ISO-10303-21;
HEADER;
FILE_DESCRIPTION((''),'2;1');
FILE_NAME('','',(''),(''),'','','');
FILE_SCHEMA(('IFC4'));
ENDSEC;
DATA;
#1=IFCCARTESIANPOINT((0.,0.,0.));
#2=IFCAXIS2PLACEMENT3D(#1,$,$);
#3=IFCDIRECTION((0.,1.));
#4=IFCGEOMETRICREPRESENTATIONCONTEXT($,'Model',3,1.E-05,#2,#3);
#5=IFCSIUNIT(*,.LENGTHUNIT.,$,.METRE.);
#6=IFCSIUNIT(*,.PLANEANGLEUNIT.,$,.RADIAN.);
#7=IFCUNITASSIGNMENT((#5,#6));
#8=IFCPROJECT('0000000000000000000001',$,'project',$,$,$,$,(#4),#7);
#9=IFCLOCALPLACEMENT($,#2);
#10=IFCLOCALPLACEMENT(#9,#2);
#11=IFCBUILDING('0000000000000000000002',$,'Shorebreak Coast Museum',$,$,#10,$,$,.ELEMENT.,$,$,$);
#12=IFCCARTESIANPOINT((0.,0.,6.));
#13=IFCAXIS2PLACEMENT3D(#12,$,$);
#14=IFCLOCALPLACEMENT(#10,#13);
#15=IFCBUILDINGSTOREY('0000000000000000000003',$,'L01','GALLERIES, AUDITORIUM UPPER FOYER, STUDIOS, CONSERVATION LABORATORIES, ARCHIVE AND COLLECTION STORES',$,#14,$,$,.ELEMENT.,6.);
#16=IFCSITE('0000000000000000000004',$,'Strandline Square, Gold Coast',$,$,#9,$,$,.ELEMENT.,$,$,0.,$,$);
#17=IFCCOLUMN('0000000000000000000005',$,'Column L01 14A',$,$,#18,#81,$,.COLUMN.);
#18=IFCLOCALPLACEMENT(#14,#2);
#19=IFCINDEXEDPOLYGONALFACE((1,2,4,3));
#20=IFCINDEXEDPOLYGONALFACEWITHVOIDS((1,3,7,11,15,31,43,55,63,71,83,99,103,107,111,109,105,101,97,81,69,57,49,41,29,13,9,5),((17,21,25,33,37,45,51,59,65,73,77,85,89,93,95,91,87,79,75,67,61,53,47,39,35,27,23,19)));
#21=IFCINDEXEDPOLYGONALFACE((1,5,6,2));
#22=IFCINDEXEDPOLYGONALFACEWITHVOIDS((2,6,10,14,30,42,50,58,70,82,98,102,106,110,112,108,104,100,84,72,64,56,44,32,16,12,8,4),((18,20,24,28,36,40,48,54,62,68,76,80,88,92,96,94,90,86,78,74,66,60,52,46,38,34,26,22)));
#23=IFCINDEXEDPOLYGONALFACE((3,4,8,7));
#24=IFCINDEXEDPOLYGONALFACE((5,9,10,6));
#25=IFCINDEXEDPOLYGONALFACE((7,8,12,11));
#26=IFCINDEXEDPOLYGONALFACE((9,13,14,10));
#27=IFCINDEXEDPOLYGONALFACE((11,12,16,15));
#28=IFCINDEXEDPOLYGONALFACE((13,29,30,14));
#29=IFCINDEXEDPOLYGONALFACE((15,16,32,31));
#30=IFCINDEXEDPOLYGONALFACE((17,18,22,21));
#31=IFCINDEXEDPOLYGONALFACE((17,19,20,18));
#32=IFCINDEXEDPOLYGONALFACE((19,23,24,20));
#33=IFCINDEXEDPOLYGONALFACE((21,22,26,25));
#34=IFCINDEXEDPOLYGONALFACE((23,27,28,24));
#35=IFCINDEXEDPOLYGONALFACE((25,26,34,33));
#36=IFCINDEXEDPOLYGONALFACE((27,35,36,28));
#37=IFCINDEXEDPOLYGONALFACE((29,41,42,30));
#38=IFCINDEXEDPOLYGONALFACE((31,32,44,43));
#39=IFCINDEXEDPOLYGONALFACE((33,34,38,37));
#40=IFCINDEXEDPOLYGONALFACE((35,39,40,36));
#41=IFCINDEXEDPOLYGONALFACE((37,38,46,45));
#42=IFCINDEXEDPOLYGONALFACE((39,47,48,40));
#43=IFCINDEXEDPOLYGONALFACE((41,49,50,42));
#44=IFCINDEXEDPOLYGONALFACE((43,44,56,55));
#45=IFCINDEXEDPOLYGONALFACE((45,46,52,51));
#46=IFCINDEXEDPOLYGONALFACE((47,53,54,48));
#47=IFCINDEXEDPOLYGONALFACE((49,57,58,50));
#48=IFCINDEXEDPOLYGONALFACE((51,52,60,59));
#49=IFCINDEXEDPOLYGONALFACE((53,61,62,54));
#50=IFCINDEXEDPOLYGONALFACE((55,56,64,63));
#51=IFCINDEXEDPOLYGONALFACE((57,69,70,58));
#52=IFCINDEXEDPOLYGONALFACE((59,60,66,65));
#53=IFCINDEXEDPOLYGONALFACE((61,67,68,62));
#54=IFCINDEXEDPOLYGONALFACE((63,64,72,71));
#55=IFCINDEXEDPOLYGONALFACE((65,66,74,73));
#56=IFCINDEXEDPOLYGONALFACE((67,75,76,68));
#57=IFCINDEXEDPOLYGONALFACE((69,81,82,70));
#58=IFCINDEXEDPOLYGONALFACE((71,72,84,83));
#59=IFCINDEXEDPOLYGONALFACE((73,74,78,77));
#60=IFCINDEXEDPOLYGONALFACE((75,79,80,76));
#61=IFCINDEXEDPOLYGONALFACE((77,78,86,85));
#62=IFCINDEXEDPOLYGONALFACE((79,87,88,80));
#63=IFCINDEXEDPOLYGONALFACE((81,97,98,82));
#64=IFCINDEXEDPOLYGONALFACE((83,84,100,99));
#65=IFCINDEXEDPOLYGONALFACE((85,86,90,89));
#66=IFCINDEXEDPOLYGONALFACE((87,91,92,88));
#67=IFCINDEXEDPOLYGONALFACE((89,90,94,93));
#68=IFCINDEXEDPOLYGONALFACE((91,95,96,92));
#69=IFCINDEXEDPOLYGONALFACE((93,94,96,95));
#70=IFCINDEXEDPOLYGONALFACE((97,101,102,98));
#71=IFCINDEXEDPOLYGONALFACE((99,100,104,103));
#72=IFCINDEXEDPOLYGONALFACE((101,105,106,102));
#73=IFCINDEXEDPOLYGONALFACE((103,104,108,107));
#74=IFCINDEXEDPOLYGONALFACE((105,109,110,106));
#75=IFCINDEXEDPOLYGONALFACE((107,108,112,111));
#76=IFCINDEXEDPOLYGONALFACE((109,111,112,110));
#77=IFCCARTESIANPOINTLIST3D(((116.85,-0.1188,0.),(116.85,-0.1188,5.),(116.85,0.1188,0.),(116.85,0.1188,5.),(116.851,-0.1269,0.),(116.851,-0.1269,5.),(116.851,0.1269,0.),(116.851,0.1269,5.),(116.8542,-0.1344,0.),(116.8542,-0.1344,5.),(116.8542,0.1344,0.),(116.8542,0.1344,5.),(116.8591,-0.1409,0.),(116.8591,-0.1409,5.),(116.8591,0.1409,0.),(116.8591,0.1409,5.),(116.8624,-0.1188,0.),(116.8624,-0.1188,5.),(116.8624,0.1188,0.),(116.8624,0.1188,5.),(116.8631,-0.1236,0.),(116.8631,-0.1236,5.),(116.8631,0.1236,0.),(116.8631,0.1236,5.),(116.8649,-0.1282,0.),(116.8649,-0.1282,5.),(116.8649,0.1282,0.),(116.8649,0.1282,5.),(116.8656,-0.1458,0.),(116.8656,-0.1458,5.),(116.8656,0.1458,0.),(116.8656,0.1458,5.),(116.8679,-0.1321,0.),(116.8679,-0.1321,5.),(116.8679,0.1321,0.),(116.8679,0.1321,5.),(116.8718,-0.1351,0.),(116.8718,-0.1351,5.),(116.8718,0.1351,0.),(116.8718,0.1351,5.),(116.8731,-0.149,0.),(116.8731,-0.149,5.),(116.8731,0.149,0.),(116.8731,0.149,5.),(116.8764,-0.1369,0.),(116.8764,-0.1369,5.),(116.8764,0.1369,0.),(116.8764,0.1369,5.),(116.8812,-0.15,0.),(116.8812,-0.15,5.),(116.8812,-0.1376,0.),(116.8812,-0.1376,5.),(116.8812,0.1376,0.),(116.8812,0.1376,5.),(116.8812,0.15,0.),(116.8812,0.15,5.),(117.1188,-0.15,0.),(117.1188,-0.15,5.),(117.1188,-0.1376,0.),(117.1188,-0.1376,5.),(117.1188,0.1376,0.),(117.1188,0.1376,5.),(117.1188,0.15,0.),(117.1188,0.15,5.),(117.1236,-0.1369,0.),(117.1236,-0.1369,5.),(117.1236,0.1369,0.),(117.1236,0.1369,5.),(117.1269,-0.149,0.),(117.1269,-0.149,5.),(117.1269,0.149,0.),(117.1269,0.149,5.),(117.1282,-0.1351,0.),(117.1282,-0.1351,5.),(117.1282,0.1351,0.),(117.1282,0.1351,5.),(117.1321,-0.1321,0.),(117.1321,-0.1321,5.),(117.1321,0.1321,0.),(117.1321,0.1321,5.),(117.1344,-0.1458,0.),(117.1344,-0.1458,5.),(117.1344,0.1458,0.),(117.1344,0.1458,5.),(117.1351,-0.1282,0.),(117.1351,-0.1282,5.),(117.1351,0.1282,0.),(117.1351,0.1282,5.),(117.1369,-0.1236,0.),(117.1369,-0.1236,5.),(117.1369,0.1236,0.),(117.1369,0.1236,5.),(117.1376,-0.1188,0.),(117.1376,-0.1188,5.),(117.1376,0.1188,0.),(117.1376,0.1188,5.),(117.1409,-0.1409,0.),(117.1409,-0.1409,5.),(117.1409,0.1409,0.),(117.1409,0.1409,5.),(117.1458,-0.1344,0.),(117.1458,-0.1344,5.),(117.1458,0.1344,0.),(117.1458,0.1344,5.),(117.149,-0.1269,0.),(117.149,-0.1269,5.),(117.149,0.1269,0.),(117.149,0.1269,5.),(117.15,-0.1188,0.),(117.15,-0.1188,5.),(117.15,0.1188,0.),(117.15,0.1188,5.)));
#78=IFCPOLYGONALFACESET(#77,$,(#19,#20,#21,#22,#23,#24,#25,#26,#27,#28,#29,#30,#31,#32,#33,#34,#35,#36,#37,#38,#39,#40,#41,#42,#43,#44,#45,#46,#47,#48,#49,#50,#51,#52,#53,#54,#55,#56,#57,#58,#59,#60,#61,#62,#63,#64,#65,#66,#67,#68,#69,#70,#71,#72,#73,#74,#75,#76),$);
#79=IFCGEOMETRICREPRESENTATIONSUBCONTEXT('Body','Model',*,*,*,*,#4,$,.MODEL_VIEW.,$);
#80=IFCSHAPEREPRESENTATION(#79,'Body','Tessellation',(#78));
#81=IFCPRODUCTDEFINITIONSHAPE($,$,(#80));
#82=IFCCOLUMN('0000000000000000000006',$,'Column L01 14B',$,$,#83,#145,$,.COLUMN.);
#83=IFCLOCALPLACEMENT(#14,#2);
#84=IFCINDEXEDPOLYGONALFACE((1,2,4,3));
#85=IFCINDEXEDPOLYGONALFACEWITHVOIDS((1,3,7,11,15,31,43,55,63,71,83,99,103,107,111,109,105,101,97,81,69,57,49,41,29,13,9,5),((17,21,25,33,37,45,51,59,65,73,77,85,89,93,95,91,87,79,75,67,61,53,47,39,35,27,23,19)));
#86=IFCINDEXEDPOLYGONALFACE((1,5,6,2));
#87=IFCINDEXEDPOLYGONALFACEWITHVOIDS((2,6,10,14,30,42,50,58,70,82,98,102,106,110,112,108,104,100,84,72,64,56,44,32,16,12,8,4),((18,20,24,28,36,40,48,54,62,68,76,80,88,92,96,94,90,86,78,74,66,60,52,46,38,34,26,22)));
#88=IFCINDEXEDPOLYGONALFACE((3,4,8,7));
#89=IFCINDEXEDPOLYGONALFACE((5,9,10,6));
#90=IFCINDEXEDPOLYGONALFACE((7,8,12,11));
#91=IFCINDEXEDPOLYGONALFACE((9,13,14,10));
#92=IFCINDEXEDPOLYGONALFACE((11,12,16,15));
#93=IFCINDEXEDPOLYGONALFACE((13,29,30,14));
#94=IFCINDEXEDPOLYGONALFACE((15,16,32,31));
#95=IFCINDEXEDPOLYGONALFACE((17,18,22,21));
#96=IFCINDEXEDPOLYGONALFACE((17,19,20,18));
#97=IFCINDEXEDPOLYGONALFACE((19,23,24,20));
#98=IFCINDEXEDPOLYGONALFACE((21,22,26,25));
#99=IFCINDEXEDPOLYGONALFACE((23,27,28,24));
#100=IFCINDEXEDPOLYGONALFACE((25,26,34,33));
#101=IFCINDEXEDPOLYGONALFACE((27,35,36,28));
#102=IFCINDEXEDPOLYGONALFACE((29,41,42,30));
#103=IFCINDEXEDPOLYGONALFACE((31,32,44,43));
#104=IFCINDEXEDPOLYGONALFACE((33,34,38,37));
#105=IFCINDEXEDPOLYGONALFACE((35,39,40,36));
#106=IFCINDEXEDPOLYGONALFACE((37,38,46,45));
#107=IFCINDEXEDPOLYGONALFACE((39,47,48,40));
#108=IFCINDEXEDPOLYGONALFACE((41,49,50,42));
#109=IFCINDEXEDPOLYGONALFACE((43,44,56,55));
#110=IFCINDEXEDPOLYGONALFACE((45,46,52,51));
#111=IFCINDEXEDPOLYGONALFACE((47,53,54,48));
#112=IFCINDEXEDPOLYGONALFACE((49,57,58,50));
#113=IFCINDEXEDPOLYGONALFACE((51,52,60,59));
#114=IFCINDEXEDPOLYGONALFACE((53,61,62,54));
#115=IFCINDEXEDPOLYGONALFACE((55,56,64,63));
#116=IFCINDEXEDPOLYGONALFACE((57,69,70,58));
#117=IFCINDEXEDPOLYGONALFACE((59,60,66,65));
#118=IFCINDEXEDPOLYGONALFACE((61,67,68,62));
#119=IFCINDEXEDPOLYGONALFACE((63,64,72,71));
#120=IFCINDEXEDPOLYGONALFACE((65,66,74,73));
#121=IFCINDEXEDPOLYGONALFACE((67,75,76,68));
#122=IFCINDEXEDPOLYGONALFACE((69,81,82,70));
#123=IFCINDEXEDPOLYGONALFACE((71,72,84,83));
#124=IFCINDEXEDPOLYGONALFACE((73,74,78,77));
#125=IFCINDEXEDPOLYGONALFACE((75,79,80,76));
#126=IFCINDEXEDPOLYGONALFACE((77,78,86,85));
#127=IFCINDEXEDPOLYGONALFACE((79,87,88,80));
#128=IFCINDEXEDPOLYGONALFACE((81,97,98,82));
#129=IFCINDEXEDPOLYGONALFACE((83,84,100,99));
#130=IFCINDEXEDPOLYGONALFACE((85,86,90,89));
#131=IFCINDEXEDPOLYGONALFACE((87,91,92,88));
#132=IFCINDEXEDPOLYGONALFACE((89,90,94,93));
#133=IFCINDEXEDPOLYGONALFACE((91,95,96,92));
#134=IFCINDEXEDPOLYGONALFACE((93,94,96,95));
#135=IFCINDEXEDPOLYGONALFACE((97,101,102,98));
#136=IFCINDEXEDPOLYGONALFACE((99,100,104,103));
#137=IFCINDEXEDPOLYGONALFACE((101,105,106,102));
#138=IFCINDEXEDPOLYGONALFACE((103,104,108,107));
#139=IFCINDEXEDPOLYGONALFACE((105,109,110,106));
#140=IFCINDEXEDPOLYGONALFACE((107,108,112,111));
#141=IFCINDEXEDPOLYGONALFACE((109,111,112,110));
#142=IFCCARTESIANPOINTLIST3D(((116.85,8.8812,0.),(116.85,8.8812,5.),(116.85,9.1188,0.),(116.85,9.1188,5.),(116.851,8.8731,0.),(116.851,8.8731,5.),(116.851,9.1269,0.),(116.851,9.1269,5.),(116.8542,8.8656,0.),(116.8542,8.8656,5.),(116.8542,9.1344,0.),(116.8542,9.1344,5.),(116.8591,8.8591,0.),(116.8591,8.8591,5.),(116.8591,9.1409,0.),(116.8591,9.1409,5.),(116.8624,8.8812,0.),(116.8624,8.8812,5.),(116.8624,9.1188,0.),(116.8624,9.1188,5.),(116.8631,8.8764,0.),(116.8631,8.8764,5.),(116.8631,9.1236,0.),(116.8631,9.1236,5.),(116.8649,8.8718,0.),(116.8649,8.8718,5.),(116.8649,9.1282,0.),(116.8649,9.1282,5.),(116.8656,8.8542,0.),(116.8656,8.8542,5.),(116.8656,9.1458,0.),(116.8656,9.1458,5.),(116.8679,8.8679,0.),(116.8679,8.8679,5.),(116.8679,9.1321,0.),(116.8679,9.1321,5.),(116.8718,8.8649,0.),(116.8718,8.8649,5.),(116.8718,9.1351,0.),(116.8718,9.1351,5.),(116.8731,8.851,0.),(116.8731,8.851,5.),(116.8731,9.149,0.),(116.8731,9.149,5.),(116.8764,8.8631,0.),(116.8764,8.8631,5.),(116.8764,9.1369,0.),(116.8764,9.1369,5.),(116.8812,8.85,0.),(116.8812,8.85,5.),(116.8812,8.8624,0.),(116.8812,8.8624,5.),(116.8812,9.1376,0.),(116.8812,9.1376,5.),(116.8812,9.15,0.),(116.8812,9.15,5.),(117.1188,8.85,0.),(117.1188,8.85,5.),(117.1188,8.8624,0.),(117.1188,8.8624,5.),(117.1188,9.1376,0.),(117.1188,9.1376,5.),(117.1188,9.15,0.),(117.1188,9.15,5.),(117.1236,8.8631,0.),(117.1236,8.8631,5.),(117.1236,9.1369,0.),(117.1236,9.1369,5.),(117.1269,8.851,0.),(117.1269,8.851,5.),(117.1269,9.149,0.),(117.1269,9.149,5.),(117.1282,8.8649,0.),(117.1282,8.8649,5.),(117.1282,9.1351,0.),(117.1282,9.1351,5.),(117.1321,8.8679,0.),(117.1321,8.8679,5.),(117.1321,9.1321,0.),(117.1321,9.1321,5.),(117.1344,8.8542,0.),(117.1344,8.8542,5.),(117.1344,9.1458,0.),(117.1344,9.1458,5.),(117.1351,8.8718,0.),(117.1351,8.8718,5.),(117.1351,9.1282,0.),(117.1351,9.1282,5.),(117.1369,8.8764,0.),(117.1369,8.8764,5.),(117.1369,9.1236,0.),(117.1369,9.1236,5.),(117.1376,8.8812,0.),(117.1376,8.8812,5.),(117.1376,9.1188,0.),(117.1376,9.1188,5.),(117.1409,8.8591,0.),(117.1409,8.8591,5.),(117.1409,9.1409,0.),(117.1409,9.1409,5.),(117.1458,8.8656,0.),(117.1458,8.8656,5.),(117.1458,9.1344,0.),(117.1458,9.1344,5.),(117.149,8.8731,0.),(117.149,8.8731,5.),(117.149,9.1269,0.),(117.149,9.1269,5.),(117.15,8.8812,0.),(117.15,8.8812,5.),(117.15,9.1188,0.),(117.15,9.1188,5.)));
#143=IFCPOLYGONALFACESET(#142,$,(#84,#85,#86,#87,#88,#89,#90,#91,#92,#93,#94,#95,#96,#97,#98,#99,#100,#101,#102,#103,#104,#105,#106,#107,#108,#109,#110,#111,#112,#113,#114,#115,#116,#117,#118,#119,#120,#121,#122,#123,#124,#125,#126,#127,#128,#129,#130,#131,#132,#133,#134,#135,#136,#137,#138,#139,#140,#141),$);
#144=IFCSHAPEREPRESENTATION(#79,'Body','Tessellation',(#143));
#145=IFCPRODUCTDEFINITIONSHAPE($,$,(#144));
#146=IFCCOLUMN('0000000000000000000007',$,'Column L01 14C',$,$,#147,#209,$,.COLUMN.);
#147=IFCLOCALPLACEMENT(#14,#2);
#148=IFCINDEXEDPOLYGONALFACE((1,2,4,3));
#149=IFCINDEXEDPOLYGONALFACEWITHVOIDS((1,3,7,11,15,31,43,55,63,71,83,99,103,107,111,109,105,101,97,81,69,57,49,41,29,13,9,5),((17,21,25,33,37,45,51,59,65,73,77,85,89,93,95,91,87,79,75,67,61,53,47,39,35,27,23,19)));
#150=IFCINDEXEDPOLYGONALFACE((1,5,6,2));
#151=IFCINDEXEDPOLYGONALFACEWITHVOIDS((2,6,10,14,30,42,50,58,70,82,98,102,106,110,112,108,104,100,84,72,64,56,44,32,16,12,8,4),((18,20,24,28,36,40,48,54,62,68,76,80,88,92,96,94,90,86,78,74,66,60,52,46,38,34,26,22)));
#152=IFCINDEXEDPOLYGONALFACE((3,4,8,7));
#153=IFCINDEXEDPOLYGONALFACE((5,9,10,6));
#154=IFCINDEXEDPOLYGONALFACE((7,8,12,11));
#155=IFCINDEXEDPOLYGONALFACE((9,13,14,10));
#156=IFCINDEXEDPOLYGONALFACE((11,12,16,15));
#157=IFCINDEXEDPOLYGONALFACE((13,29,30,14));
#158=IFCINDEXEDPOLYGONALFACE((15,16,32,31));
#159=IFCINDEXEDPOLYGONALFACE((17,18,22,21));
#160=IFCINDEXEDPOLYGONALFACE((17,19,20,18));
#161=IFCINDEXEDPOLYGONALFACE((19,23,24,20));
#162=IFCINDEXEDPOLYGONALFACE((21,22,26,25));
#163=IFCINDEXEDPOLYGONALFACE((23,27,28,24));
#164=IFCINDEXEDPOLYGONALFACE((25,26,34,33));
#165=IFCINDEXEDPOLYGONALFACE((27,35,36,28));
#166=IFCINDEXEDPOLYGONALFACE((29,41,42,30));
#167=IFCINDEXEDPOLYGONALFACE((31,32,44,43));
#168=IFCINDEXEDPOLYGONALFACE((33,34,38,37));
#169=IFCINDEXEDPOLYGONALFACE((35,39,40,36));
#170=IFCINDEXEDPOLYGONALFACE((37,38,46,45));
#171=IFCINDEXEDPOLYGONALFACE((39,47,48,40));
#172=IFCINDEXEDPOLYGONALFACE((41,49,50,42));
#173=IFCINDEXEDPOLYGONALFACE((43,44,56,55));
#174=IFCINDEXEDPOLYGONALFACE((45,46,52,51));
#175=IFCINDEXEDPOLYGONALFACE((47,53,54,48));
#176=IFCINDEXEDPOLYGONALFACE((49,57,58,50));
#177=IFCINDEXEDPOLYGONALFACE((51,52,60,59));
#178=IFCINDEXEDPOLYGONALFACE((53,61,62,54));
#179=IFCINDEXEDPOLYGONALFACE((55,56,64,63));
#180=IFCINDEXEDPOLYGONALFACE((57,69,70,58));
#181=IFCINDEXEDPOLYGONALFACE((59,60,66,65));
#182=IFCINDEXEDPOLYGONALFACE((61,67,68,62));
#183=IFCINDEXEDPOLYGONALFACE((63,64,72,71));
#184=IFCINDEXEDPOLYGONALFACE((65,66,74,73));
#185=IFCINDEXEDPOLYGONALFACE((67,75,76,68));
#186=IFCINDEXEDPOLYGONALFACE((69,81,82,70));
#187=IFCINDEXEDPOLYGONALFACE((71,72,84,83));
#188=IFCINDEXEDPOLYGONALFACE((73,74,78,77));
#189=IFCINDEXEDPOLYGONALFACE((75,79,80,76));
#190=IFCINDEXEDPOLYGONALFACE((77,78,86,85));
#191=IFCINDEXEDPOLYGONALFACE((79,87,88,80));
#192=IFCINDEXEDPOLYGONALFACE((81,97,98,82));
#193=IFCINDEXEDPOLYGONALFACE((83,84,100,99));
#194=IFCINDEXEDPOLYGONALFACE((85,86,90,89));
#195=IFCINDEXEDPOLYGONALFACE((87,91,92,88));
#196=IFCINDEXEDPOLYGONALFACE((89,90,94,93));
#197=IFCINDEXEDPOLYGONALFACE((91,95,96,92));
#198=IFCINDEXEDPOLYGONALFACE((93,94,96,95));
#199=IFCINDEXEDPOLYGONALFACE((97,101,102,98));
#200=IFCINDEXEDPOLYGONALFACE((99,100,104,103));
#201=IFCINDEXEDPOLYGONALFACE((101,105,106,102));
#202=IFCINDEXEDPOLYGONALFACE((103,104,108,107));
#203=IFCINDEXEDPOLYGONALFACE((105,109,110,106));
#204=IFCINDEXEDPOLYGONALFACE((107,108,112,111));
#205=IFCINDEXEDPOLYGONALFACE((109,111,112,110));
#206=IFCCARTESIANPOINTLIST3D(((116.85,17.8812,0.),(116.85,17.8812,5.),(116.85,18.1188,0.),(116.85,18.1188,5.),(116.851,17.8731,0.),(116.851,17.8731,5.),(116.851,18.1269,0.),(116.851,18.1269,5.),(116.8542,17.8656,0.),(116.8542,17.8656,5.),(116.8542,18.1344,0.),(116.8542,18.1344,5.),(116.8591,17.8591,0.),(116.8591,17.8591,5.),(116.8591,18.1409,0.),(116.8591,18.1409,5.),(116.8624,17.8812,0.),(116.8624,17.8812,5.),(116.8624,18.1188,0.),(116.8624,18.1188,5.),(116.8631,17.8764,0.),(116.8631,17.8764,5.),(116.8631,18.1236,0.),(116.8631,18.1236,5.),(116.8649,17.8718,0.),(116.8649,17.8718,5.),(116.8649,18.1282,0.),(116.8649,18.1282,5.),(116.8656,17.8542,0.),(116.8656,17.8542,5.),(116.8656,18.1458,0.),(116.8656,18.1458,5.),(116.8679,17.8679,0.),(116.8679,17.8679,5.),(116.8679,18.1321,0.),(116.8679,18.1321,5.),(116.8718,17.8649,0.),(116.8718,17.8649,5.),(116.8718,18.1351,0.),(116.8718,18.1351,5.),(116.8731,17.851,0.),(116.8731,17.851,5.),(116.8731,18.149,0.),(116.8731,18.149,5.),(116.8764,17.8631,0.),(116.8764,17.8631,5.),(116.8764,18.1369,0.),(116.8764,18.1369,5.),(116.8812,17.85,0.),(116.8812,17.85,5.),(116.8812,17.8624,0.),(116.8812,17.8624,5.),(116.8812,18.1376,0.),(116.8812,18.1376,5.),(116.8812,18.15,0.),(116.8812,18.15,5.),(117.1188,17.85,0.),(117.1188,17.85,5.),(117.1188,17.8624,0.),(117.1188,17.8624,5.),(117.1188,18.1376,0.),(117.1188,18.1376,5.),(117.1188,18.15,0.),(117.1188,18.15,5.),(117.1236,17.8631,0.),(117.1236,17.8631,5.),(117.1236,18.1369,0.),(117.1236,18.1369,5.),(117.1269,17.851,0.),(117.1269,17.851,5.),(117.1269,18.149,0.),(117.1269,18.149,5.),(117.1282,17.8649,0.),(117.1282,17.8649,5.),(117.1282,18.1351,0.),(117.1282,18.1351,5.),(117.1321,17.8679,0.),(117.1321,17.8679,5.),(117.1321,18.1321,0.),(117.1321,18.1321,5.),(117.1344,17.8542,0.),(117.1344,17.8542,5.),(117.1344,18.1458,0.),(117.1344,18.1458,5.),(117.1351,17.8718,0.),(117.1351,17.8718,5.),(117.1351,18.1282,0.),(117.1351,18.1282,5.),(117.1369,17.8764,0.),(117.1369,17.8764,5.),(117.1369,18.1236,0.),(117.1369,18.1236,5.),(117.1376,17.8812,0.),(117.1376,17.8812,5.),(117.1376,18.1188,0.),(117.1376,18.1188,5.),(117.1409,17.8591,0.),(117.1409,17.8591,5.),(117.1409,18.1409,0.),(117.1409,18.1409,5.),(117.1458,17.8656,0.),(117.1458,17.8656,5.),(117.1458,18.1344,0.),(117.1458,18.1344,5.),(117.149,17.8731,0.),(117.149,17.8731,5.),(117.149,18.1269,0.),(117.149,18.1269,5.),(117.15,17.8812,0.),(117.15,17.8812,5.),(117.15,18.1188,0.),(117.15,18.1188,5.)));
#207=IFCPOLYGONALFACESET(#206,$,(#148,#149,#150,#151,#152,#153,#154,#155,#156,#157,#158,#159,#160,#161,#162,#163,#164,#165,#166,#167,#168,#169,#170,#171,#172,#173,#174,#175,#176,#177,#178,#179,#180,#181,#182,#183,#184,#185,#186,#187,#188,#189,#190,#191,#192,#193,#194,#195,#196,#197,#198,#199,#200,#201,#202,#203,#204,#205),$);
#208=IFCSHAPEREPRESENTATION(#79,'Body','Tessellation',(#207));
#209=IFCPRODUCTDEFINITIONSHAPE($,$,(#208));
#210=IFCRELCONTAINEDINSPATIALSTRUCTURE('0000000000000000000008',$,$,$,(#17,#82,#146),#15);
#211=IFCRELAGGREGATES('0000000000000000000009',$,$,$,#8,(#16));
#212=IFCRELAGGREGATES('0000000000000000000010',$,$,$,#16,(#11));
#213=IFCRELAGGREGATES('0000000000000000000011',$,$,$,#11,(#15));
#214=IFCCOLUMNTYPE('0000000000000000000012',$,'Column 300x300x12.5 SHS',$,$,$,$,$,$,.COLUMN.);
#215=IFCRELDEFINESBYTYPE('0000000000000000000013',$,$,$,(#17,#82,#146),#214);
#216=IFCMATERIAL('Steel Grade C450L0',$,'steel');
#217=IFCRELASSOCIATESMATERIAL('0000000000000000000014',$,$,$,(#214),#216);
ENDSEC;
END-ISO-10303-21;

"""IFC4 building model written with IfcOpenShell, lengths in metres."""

from ifc_helpers import new_model, si_unit, direction, frame, origin, origin_2d, place, context, subcontext, project, spatial, hollow_rectangle, extrude, material, material_profile, profile_set, type_object, element, save


model = new_model("IFC4")

# Units and contexts
model_context = context("Model", 3, precision=1e-05, world=origin(), true_north=direction((0.0, 1.0)))
body_context = subcontext(model_context, "Body", "Model", "MODEL_VIEW")
ifc_project = project(units=[si_unit("LENGTHUNIT", "METRE"), si_unit("PLANEANGLEUNIT", "RADIAN")], contexts=[model_context])

# Site, building, storey
site_placement = place(None, origin())
site = spatial("IfcSite", under=ifc_project, at=site_placement, Name="Strandline Square, Gold Coast", CompositionType="ELEMENT", RefElevation=0.0)
building_placement = place(site_placement, origin())
building = spatial("IfcBuilding", under=site, at=building_placement, Name="Shorebreak Coast Museum", CompositionType="ELEMENT")
storey_placement = place(building_placement, frame((0.0, 0.0, 6.0)))
storey = spatial("IfcBuildingStorey", under=building, at=storey_placement, Name="L01", Description="GALLERIES, AUDITORIUM UPPER FOYER, STUDIOS, CONSERVATION LABORATORIES, ARCHIVE AND COLLECTION STORES", CompositionType="ELEMENT", Elevation=6.0)

# Columns
ifc_material_1 = material(Name="Steel Grade C450L0", Category="steel")
ifc_material_profile_1 = material_profile(ifc_material_1, hollow_rectangle(XDim=0.3, YDim=0.3, WallThickness=0.0125, InnerFilletRadius=0.0188, OuterFilletRadius=0.0312, at=origin_2d()), Name="300x300x12.5 SHS")
ifc_profile_set_1 = profile_set([ifc_material_profile_1], Name="Steel Grade C450L0")
column_type = type_object("IfcColumnType", Name="Column 300x300x12.5 SHS", PredefinedType="COLUMN", material=ifc_profile_set_1)
for number, where, z_axis, x_axis, name in (
    (1, (117.0, 0.0, 0.0), (0.0, 0.0, 1.0), (1.0, 0.0, 0.0), "Column L01 14A"),
    (2, (117.0, 9.0, 0.0), (0.0, 0.0, 1.0), (1.0, 0.0, 0.0), "Column L01 14B"),
    (3, (117.0, 18.0, 0.0), (0.0, 0.0, 1.0), (1.0, 0.0, 0.0), "Column L01 14C"),
):
    element("IfcColumn", number, at=place(storey_placement, frame(where, z_axis=z_axis, x_axis=x_axis)), inside=storey, type_object=column_type, Name=name, PredefinedType="COLUMN", context=body_context, shape_type="SweptSolid", body=[
        extrude(hollow_rectangle(XDim=0.3, YDim=0.3, WallThickness=0.0125, InnerFilletRadius=0.0188, OuterFilletRadius=0.0312, at=origin_2d()), origin(), (0.0, 0.0, 1.0), 5.0),
    ])

save(model, "model.ifc")
